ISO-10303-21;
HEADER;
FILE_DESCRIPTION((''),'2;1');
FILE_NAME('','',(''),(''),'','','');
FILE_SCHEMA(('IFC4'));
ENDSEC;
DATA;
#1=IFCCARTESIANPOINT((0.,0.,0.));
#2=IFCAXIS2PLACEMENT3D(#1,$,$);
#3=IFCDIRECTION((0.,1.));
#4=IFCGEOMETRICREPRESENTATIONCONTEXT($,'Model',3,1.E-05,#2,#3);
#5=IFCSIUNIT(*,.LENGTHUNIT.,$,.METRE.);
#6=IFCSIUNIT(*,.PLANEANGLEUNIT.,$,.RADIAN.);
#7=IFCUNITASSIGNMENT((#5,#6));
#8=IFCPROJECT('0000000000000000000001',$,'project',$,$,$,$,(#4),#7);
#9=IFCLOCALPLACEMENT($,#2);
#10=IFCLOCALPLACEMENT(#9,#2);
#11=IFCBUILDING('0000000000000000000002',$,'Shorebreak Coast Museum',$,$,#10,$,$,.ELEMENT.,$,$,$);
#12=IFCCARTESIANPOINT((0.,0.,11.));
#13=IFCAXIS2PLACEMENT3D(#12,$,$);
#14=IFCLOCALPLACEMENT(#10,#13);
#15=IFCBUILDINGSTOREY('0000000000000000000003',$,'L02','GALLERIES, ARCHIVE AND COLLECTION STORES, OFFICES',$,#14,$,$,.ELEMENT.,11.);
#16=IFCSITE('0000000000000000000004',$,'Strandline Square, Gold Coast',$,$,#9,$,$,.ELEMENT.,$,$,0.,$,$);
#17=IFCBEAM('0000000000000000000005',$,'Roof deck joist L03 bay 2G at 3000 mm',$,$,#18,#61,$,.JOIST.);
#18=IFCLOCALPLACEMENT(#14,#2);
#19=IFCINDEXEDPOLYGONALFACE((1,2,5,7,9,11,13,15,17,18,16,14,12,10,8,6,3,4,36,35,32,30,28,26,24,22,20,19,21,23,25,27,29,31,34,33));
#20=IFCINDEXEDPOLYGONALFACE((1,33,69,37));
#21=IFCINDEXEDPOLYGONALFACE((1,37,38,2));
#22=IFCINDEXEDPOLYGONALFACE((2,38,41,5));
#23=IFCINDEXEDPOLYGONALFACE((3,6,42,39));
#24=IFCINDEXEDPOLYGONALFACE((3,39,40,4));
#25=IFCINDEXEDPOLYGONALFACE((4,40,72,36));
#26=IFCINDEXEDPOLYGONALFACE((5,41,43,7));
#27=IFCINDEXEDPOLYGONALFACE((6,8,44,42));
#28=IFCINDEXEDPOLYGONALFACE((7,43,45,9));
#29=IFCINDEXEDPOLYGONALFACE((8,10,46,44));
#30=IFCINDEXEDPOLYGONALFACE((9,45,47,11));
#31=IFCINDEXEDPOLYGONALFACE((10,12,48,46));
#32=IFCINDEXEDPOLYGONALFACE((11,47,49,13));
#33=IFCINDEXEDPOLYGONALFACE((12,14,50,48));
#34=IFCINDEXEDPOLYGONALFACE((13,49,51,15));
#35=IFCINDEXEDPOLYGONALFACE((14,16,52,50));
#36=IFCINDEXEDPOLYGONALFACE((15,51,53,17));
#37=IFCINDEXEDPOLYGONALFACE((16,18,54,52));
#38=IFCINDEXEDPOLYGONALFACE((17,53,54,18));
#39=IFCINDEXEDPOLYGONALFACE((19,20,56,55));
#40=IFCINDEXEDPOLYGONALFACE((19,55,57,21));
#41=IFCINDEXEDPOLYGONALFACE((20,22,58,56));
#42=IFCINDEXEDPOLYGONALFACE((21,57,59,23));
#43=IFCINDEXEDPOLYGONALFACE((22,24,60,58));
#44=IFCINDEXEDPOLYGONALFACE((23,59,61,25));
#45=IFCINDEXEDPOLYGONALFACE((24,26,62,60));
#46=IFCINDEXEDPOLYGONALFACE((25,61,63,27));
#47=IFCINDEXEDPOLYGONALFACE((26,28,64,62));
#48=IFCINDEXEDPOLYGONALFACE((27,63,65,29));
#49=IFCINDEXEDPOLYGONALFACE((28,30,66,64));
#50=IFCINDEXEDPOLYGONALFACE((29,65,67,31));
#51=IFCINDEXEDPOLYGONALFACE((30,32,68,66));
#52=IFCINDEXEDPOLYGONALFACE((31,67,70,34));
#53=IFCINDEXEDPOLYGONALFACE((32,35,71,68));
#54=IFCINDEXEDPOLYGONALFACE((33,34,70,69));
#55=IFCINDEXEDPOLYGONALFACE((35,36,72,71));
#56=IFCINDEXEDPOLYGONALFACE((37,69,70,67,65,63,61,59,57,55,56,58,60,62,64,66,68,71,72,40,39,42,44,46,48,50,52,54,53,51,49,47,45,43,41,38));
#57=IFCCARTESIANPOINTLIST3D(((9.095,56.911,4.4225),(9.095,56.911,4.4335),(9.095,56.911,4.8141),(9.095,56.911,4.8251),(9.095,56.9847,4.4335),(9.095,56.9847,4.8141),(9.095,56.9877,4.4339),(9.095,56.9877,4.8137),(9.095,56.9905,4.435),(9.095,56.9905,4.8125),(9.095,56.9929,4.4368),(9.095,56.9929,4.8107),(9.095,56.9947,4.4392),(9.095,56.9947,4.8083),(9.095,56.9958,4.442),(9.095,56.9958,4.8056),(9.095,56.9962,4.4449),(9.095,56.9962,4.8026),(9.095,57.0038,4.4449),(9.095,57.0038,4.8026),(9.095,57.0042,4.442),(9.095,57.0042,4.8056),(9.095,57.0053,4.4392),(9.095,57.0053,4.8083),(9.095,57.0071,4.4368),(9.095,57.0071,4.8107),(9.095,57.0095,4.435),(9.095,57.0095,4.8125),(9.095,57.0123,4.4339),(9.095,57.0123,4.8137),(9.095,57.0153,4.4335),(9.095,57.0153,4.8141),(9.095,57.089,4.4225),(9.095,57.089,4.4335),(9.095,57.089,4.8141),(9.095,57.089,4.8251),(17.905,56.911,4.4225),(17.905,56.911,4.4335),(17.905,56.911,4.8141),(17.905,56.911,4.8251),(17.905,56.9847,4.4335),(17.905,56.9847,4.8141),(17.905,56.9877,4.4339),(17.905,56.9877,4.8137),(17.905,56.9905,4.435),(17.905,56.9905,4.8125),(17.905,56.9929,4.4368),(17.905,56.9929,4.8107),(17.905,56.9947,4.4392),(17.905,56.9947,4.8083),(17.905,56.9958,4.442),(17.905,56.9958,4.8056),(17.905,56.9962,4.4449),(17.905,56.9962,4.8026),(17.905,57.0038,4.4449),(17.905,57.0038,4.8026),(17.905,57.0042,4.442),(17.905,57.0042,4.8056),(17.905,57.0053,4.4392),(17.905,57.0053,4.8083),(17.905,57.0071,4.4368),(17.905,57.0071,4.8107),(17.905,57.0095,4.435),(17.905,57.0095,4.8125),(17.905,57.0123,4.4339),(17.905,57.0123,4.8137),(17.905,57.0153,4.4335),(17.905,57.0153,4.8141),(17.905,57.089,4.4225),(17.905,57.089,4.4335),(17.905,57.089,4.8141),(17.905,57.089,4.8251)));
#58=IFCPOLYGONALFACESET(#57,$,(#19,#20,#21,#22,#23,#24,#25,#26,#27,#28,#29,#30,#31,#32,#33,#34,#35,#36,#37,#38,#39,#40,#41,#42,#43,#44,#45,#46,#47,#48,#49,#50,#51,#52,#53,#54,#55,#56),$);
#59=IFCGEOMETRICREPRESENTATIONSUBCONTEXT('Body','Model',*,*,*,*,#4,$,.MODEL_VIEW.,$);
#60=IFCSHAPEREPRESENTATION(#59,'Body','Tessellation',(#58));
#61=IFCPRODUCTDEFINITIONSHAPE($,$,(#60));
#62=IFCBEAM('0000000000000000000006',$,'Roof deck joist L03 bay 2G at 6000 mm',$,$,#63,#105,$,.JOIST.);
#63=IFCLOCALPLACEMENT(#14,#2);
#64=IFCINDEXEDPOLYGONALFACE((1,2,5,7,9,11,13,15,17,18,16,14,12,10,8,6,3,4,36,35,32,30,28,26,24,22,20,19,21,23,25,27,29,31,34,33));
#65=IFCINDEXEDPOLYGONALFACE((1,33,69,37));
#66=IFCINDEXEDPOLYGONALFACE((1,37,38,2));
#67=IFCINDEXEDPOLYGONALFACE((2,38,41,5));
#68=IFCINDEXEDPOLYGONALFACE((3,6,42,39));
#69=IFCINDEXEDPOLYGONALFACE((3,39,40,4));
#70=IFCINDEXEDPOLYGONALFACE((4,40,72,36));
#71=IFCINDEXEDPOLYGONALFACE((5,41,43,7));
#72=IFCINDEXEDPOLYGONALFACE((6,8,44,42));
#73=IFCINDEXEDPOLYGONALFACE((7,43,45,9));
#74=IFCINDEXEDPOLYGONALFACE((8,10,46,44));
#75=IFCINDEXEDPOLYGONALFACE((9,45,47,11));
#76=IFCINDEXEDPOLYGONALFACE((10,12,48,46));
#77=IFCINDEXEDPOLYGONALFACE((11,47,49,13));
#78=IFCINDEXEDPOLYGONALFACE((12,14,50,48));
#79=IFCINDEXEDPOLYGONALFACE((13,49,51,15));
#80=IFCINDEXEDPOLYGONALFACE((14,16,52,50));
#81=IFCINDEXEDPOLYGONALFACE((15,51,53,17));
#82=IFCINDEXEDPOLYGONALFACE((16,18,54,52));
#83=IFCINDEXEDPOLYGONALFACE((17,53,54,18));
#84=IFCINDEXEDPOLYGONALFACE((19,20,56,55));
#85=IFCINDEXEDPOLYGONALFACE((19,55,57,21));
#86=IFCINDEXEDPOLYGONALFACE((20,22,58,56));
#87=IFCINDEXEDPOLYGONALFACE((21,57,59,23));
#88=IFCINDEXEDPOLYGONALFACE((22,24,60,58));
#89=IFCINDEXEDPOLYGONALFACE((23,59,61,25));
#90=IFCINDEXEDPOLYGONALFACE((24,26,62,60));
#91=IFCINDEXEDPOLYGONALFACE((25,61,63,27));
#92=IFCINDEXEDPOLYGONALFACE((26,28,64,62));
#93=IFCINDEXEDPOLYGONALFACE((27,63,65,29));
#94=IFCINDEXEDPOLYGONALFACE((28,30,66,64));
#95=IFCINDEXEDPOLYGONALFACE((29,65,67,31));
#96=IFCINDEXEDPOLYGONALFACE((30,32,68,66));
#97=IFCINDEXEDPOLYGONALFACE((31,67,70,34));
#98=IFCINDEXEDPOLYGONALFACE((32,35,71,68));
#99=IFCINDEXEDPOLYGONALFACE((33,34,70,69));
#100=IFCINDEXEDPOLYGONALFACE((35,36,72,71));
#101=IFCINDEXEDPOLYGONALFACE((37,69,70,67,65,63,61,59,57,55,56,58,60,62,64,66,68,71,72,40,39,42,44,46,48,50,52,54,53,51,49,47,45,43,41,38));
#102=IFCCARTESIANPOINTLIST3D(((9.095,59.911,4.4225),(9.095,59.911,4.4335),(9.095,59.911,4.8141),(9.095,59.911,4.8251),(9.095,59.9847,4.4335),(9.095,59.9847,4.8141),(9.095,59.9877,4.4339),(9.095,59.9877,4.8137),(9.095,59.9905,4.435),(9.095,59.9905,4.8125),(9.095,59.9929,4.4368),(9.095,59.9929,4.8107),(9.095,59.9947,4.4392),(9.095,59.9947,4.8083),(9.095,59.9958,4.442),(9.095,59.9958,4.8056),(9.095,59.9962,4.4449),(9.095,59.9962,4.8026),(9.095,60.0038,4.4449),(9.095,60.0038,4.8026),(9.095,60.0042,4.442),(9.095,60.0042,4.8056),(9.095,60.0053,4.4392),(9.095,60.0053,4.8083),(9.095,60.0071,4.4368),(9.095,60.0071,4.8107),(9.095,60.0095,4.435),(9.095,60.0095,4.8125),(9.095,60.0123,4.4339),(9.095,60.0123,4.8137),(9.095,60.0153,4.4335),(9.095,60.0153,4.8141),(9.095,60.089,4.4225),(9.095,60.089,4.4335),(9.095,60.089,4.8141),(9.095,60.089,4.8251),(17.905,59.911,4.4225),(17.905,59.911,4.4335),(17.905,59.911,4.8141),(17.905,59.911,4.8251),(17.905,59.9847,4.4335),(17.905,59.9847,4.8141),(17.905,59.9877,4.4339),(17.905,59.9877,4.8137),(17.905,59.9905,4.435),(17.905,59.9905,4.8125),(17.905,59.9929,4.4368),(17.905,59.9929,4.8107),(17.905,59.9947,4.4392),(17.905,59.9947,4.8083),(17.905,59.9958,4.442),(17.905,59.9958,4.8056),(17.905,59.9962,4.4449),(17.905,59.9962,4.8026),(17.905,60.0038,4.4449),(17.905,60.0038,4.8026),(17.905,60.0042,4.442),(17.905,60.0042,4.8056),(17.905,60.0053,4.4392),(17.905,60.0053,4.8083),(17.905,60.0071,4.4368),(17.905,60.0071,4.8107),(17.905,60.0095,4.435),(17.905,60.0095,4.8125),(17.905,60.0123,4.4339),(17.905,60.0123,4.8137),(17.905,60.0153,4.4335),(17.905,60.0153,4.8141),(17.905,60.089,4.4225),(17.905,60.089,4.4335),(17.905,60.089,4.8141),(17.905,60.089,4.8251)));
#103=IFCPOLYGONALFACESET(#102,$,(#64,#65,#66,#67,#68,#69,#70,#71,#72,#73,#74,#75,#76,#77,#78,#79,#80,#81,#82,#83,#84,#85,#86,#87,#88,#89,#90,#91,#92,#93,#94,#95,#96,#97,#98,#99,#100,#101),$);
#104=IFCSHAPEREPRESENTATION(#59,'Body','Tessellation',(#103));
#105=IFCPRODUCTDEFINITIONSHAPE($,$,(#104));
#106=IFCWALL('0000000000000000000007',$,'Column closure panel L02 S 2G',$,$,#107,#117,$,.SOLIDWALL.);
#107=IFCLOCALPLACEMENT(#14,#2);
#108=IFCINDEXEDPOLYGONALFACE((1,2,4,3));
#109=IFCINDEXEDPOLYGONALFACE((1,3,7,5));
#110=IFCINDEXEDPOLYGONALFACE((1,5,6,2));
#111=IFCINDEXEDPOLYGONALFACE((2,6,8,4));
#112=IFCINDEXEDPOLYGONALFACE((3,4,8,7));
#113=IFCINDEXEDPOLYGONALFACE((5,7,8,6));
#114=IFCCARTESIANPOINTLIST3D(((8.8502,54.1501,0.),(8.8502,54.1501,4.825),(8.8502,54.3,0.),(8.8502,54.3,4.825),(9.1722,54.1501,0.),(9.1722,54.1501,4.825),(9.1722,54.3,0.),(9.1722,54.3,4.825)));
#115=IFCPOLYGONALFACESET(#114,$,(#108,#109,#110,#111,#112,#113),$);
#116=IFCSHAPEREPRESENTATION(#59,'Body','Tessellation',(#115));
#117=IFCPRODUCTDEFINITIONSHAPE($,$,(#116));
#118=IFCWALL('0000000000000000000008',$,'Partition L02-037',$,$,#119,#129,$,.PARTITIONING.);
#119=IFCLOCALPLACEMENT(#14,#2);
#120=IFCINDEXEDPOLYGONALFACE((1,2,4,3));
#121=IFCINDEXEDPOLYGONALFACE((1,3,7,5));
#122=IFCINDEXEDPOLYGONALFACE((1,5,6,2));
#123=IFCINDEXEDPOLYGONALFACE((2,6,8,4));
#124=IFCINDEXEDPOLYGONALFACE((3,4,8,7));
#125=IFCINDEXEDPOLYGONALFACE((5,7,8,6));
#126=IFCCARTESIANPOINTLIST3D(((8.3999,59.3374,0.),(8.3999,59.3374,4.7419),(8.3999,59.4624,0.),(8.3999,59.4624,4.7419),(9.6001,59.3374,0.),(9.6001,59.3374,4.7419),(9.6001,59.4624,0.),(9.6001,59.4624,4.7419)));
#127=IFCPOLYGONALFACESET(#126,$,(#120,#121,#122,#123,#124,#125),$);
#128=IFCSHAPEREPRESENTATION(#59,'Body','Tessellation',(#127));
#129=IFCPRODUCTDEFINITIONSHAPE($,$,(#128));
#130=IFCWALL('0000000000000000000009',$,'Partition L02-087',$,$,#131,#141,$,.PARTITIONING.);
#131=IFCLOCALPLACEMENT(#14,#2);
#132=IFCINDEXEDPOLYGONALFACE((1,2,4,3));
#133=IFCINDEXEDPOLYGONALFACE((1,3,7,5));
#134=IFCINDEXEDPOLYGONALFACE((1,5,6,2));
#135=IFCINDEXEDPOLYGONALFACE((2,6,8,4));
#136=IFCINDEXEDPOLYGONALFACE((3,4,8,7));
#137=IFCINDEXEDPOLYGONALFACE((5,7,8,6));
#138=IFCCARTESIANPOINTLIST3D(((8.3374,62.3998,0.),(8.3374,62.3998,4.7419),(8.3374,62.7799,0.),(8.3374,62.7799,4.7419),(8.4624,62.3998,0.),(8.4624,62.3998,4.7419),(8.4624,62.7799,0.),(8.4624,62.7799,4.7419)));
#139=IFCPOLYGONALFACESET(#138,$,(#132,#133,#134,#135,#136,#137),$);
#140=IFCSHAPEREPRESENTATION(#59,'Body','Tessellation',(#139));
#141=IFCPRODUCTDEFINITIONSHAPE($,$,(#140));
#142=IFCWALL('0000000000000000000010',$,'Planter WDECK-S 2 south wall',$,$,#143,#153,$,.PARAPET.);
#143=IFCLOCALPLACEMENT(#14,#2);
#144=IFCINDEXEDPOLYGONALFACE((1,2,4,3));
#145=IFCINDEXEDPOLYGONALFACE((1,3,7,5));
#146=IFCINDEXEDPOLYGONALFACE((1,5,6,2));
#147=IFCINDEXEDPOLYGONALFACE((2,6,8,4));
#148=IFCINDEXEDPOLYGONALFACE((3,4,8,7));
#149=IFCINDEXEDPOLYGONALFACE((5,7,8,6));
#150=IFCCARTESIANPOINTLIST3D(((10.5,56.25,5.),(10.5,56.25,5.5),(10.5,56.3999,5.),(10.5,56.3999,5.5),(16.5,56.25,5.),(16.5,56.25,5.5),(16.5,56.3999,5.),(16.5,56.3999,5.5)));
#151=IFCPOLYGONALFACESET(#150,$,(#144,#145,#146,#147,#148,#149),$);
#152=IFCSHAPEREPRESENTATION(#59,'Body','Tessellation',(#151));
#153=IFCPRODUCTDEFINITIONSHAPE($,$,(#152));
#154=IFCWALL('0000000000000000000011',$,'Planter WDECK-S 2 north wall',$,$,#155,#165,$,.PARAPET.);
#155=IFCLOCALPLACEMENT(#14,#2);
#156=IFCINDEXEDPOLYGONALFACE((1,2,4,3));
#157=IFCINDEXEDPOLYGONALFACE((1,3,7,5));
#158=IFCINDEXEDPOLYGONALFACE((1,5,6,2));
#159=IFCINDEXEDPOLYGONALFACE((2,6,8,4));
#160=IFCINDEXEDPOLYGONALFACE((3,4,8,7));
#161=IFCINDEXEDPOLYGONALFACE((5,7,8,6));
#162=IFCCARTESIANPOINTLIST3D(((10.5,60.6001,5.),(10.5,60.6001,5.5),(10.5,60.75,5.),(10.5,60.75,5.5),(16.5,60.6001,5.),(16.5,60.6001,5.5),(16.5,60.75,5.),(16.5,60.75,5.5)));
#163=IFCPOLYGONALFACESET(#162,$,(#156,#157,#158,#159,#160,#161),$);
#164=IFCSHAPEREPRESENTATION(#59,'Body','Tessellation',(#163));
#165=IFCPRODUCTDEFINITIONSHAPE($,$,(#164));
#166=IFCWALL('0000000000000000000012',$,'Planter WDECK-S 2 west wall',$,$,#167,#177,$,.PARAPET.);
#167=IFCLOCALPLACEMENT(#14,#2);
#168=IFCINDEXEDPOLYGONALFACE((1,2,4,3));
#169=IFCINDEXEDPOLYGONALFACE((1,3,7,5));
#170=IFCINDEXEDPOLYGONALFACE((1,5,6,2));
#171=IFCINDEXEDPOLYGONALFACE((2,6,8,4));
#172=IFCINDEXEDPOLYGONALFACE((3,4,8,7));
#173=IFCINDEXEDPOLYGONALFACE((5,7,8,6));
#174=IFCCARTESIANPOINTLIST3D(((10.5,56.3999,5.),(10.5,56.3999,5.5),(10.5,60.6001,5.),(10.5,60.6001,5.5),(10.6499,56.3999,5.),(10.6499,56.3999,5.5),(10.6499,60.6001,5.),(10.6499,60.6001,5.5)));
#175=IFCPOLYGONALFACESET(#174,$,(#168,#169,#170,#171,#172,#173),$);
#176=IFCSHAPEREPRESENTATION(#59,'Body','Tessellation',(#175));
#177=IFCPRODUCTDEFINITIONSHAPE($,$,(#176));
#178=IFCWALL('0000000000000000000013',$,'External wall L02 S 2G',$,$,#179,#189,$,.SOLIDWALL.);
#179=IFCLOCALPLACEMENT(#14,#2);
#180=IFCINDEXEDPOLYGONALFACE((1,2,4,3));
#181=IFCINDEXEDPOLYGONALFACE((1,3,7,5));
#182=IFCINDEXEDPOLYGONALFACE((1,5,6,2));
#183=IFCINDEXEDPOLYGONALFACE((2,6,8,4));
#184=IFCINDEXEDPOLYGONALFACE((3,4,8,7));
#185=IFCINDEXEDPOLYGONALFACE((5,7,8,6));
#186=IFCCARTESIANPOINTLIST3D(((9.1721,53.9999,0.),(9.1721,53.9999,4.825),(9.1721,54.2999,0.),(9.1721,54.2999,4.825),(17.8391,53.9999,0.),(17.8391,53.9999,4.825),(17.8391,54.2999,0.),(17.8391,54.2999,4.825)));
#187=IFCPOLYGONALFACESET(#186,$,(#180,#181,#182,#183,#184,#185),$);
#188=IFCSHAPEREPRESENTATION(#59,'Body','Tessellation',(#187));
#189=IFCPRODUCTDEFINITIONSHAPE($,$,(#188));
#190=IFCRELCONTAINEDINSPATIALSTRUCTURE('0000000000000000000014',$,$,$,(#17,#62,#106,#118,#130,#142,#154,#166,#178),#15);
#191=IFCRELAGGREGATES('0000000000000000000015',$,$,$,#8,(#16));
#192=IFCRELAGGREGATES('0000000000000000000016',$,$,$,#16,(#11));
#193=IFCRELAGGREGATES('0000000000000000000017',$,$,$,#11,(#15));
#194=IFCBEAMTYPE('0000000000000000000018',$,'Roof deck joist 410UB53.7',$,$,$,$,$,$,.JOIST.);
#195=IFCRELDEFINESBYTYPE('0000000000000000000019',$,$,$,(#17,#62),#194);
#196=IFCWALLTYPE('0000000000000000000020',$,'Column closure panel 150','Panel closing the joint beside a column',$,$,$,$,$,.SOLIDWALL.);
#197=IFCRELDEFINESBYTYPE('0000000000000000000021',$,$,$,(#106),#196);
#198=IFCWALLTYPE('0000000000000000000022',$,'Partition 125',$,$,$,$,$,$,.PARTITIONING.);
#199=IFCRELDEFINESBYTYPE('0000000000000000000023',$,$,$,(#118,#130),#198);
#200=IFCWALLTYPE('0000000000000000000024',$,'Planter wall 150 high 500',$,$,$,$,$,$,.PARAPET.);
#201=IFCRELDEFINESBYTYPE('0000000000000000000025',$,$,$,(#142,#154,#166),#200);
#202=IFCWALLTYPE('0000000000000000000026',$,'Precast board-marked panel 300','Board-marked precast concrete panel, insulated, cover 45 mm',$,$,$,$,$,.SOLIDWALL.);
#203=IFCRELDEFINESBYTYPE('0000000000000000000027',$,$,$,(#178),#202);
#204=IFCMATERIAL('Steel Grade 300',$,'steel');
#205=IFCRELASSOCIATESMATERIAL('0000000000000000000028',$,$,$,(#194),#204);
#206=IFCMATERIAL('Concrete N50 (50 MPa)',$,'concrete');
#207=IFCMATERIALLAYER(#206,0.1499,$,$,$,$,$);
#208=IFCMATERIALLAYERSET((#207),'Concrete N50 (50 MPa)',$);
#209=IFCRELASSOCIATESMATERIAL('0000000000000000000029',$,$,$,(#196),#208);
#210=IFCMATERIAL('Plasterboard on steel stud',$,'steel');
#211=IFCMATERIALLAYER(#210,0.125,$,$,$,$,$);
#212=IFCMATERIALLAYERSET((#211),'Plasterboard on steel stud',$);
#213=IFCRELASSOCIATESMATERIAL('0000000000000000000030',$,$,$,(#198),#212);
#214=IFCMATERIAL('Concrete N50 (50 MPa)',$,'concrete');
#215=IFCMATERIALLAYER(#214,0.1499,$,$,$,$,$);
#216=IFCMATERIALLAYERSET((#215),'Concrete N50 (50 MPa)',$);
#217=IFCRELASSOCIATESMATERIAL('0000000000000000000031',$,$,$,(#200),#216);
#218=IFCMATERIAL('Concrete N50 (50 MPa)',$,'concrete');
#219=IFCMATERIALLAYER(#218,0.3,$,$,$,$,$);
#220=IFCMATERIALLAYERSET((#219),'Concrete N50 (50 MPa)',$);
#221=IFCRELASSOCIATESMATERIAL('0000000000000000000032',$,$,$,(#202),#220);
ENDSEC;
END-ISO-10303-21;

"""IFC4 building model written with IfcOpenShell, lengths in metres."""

from ifc_helpers import new_model, si_unit, direction, frame, frame_2d, origin, origin_2d, place, context, subcontext, project, spatial, rectangle, i_section, extrude, material, layer, layer_set, material_profile, profile_set, type_object, element, save


model = new_model("IFC4")

# Units and contexts
model_context = context("Model", 3, precision=1e-05, world=origin(), true_north=direction((0.0, 1.0)))
body_context = subcontext(model_context, "Body", "Model", "MODEL_VIEW")
ifc_project = project(units=[si_unit("LENGTHUNIT", "METRE"), si_unit("PLANEANGLEUNIT", "RADIAN")], contexts=[model_context])

# Site, building, storey
site_placement = place(None, origin())
site = spatial("IfcSite", under=ifc_project, at=site_placement, Name="Strandline Square, Gold Coast", CompositionType="ELEMENT", RefElevation=0.0)
building_placement = place(site_placement, origin())
building = spatial("IfcBuilding", under=site, at=building_placement, Name="Shorebreak Coast Museum", CompositionType="ELEMENT")
storey_placement = place(building_placement, frame((0.0, 0.0, 11.0)))
storey = spatial("IfcBuildingStorey", under=building, at=storey_placement, Name="L02", Description="GALLERIES, ARCHIVE AND COLLECTION STORES, OFFICES", CompositionType="ELEMENT", Elevation=11.0)

# Beams
ifc_material_1 = material(Name="Steel Grade 300", Category="steel")
ifc_material_profile_1 = material_profile(ifc_material_1, i_section(OverallWidth=0.178, OverallDepth=0.4026, WebThickness=0.0076, FlangeThickness=0.011, FilletRadius=0.0115, at=origin_2d()), Name="410UB53.7")
ifc_profile_set_1 = profile_set([ifc_material_profile_1], Name="Steel Grade 300")
beam_type_1 = type_object("IfcBeamType", Name="Roof deck joist 410UB53.7", PredefinedType="JOIST", material=ifc_profile_set_1)
for number, where, z_axis, x_axis, name in (
    (1, (9.095, 57.0, 4.6238), (1.0, 0.0, 0.0), (0.0, 1.0, 0.0), "Roof deck joist L03 bay 2G at 3000 mm"),
    (2, (9.095, 60.0, 4.6238), (1.0, 0.0, 0.0), (0.0, 1.0, 0.0), "Roof deck joist L03 bay 2G at 6000 mm"),
):
    element("IfcBeam", number, at=place(storey_placement, frame(where, z_axis=z_axis, x_axis=x_axis)), inside=storey, type_object=beam_type_1, Name=name, PredefinedType="JOIST", context=body_context, shape_type="SweptSolid", body=[
        extrude(i_section(OverallWidth=0.178, OverallDepth=0.4026, WebThickness=0.0076, FlangeThickness=0.011, FilletRadius=0.0115, at=origin_2d()), origin(), (0.0, 0.0, 1.0), 8.8101),
    ])

# Walls
ifc_material_2 = material(Name="Concrete N50 (50 MPa)", Category="concrete")
ifc_layer_1 = layer(ifc_material_2, 0.1499)
ifc_layer_set_1 = layer_set([ifc_layer_1], Name="Concrete N50 (50 MPa)")
wall_type_1 = type_object("IfcWallType", Name="Column closure panel 150", Description="Panel closing the joint beside a column", PredefinedType="SOLIDWALL", material=ifc_layer_set_1)
wall_1_placement = place(storey_placement, frame((8.8501, 54.2251, 0.0), z_axis=(0.0, 0.0, 1.0), x_axis=(1.0, 0.0, 0.0)))
element("IfcWall", 3, at=wall_1_placement, inside=storey, type_object=wall_type_1, Name="Column closure panel L02 S 2G", PredefinedType="SOLIDWALL", context=body_context, shape_type="SweptSolid", body=[
    extrude(rectangle(XDim=0.322, YDim=0.1499, at=frame_2d((0.1611, 0.0))), origin(), (0.0, 0.0, 1.0), 4.825),
])
ifc_material_3 = material(Name="Plasterboard on steel stud", Category="steel")
ifc_layer_2 = layer(ifc_material_3, 0.125)
ifc_layer_set_2 = layer_set([ifc_layer_2], Name="Plasterboard on steel stud")
wall_type_2 = type_object("IfcWallType", Name="Partition 125", PredefinedType="PARTITIONING", material=ifc_layer_set_2)
wall_2_placement = place(storey_placement, frame((8.3999, 59.3999, 0.0), z_axis=(0.0, 0.0, 1.0), x_axis=(1.0, 0.0, 0.0)))
element("IfcWall", 4, at=wall_2_placement, inside=storey, type_object=wall_type_2, Name="Partition L02-037", PredefinedType="PARTITIONING", context=body_context, shape_type="SweptSolid", body=[
    extrude(rectangle(XDim=1.2002, YDim=0.125, at=frame_2d((0.6001, 0.0))), origin(), (0.0, 0.0, 1.0), 4.7419),
])
wall_3_placement = place(storey_placement, frame((8.3999, 62.3999, 0.0), z_axis=(0.0, 0.0, 1.0), x_axis=(0.0, 1.0, 0.0)))
element("IfcWall", 5, at=wall_3_placement, inside=storey, type_object=wall_type_2, Name="Partition L02-087", PredefinedType="PARTITIONING", context=body_context, shape_type="SweptSolid", body=[
    extrude(rectangle(XDim=0.3801, YDim=0.125, at=frame_2d((0.1899, 0.0))), origin(), (0.0, 0.0, 1.0), 4.7419),
])
ifc_material_4 = material(Name="Concrete N50 (50 MPa)", Category="concrete")
ifc_layer_3 = layer(ifc_material_4, 0.1499)
ifc_layer_set_3 = layer_set([ifc_layer_3], Name="Concrete N50 (50 MPa)")
wall_type_3 = type_object("IfcWallType", Name="Planter wall 150 high 500", PredefinedType="PARAPET", material=ifc_layer_set_3)
for number, where, z_axis, x_axis, name in (
    (6, (10.5, 56.325, 5.0), (0.0, 0.0, 1.0), (1.0, 0.0, 0.0), "Planter WDECK-S 2 south wall"),
    (7, (10.5, 60.675, 5.0), (0.0, 0.0, 1.0), (1.0, 0.0, 0.0), "Planter WDECK-S 2 north wall"),
):
    element("IfcWall", number, at=place(storey_placement, frame(where, z_axis=z_axis, x_axis=x_axis)), inside=storey, type_object=wall_type_3, Name=name, PredefinedType="PARAPET", context=body_context, shape_type="SweptSolid", body=[
        extrude(rectangle(XDim=6.0, YDim=0.1499, at=frame_2d((3.0, 0.0))), origin(), (0.0, 0.0, 1.0), 0.5),
    ])
wall_4_placement = place(storey_placement, frame((10.575, 56.3999, 5.0), z_axis=(0.0, 0.0, 1.0), x_axis=(0.0, 1.0, 0.0)))
element("IfcWall", 8, at=wall_4_placement, inside=storey, type_object=wall_type_3, Name="Planter WDECK-S 2 west wall", PredefinedType="PARAPET", context=body_context, shape_type="SweptSolid", body=[
    extrude(rectangle(XDim=4.2002, YDim=0.1499, at=frame_2d((2.1001, 0.0))), origin(), (0.0, 0.0, 1.0), 0.5),
])
ifc_material_5 = material(Name="Concrete N50 (50 MPa)", Category="concrete")
ifc_layer_4 = layer(ifc_material_5, 0.3)
ifc_layer_set_4 = layer_set([ifc_layer_4], Name="Concrete N50 (50 MPa)")
wall_type_4 = type_object("IfcWallType", Name="Precast board-marked panel 300", Description="Board-marked precast concrete panel, insulated, cover 45 mm", PredefinedType="SOLIDWALL", material=ifc_layer_set_4)
wall_5_placement = place(storey_placement, frame((9.1721, 54.1499, 0.0), z_axis=(0.0, 0.0, 1.0), x_axis=(1.0, 0.0, 0.0)))
element("IfcWall", 9, at=wall_5_placement, inside=storey, type_object=wall_type_4, Name="External wall L02 S 2G", PredefinedType="SOLIDWALL", context=body_context, shape_type="SweptSolid", body=[
    extrude(rectangle(XDim=8.667, YDim=0.3, at=frame_2d((4.3335, 0.0))), origin(), (0.0, 0.0, 1.0), 4.825),
])

save(model, "model.ifc")
